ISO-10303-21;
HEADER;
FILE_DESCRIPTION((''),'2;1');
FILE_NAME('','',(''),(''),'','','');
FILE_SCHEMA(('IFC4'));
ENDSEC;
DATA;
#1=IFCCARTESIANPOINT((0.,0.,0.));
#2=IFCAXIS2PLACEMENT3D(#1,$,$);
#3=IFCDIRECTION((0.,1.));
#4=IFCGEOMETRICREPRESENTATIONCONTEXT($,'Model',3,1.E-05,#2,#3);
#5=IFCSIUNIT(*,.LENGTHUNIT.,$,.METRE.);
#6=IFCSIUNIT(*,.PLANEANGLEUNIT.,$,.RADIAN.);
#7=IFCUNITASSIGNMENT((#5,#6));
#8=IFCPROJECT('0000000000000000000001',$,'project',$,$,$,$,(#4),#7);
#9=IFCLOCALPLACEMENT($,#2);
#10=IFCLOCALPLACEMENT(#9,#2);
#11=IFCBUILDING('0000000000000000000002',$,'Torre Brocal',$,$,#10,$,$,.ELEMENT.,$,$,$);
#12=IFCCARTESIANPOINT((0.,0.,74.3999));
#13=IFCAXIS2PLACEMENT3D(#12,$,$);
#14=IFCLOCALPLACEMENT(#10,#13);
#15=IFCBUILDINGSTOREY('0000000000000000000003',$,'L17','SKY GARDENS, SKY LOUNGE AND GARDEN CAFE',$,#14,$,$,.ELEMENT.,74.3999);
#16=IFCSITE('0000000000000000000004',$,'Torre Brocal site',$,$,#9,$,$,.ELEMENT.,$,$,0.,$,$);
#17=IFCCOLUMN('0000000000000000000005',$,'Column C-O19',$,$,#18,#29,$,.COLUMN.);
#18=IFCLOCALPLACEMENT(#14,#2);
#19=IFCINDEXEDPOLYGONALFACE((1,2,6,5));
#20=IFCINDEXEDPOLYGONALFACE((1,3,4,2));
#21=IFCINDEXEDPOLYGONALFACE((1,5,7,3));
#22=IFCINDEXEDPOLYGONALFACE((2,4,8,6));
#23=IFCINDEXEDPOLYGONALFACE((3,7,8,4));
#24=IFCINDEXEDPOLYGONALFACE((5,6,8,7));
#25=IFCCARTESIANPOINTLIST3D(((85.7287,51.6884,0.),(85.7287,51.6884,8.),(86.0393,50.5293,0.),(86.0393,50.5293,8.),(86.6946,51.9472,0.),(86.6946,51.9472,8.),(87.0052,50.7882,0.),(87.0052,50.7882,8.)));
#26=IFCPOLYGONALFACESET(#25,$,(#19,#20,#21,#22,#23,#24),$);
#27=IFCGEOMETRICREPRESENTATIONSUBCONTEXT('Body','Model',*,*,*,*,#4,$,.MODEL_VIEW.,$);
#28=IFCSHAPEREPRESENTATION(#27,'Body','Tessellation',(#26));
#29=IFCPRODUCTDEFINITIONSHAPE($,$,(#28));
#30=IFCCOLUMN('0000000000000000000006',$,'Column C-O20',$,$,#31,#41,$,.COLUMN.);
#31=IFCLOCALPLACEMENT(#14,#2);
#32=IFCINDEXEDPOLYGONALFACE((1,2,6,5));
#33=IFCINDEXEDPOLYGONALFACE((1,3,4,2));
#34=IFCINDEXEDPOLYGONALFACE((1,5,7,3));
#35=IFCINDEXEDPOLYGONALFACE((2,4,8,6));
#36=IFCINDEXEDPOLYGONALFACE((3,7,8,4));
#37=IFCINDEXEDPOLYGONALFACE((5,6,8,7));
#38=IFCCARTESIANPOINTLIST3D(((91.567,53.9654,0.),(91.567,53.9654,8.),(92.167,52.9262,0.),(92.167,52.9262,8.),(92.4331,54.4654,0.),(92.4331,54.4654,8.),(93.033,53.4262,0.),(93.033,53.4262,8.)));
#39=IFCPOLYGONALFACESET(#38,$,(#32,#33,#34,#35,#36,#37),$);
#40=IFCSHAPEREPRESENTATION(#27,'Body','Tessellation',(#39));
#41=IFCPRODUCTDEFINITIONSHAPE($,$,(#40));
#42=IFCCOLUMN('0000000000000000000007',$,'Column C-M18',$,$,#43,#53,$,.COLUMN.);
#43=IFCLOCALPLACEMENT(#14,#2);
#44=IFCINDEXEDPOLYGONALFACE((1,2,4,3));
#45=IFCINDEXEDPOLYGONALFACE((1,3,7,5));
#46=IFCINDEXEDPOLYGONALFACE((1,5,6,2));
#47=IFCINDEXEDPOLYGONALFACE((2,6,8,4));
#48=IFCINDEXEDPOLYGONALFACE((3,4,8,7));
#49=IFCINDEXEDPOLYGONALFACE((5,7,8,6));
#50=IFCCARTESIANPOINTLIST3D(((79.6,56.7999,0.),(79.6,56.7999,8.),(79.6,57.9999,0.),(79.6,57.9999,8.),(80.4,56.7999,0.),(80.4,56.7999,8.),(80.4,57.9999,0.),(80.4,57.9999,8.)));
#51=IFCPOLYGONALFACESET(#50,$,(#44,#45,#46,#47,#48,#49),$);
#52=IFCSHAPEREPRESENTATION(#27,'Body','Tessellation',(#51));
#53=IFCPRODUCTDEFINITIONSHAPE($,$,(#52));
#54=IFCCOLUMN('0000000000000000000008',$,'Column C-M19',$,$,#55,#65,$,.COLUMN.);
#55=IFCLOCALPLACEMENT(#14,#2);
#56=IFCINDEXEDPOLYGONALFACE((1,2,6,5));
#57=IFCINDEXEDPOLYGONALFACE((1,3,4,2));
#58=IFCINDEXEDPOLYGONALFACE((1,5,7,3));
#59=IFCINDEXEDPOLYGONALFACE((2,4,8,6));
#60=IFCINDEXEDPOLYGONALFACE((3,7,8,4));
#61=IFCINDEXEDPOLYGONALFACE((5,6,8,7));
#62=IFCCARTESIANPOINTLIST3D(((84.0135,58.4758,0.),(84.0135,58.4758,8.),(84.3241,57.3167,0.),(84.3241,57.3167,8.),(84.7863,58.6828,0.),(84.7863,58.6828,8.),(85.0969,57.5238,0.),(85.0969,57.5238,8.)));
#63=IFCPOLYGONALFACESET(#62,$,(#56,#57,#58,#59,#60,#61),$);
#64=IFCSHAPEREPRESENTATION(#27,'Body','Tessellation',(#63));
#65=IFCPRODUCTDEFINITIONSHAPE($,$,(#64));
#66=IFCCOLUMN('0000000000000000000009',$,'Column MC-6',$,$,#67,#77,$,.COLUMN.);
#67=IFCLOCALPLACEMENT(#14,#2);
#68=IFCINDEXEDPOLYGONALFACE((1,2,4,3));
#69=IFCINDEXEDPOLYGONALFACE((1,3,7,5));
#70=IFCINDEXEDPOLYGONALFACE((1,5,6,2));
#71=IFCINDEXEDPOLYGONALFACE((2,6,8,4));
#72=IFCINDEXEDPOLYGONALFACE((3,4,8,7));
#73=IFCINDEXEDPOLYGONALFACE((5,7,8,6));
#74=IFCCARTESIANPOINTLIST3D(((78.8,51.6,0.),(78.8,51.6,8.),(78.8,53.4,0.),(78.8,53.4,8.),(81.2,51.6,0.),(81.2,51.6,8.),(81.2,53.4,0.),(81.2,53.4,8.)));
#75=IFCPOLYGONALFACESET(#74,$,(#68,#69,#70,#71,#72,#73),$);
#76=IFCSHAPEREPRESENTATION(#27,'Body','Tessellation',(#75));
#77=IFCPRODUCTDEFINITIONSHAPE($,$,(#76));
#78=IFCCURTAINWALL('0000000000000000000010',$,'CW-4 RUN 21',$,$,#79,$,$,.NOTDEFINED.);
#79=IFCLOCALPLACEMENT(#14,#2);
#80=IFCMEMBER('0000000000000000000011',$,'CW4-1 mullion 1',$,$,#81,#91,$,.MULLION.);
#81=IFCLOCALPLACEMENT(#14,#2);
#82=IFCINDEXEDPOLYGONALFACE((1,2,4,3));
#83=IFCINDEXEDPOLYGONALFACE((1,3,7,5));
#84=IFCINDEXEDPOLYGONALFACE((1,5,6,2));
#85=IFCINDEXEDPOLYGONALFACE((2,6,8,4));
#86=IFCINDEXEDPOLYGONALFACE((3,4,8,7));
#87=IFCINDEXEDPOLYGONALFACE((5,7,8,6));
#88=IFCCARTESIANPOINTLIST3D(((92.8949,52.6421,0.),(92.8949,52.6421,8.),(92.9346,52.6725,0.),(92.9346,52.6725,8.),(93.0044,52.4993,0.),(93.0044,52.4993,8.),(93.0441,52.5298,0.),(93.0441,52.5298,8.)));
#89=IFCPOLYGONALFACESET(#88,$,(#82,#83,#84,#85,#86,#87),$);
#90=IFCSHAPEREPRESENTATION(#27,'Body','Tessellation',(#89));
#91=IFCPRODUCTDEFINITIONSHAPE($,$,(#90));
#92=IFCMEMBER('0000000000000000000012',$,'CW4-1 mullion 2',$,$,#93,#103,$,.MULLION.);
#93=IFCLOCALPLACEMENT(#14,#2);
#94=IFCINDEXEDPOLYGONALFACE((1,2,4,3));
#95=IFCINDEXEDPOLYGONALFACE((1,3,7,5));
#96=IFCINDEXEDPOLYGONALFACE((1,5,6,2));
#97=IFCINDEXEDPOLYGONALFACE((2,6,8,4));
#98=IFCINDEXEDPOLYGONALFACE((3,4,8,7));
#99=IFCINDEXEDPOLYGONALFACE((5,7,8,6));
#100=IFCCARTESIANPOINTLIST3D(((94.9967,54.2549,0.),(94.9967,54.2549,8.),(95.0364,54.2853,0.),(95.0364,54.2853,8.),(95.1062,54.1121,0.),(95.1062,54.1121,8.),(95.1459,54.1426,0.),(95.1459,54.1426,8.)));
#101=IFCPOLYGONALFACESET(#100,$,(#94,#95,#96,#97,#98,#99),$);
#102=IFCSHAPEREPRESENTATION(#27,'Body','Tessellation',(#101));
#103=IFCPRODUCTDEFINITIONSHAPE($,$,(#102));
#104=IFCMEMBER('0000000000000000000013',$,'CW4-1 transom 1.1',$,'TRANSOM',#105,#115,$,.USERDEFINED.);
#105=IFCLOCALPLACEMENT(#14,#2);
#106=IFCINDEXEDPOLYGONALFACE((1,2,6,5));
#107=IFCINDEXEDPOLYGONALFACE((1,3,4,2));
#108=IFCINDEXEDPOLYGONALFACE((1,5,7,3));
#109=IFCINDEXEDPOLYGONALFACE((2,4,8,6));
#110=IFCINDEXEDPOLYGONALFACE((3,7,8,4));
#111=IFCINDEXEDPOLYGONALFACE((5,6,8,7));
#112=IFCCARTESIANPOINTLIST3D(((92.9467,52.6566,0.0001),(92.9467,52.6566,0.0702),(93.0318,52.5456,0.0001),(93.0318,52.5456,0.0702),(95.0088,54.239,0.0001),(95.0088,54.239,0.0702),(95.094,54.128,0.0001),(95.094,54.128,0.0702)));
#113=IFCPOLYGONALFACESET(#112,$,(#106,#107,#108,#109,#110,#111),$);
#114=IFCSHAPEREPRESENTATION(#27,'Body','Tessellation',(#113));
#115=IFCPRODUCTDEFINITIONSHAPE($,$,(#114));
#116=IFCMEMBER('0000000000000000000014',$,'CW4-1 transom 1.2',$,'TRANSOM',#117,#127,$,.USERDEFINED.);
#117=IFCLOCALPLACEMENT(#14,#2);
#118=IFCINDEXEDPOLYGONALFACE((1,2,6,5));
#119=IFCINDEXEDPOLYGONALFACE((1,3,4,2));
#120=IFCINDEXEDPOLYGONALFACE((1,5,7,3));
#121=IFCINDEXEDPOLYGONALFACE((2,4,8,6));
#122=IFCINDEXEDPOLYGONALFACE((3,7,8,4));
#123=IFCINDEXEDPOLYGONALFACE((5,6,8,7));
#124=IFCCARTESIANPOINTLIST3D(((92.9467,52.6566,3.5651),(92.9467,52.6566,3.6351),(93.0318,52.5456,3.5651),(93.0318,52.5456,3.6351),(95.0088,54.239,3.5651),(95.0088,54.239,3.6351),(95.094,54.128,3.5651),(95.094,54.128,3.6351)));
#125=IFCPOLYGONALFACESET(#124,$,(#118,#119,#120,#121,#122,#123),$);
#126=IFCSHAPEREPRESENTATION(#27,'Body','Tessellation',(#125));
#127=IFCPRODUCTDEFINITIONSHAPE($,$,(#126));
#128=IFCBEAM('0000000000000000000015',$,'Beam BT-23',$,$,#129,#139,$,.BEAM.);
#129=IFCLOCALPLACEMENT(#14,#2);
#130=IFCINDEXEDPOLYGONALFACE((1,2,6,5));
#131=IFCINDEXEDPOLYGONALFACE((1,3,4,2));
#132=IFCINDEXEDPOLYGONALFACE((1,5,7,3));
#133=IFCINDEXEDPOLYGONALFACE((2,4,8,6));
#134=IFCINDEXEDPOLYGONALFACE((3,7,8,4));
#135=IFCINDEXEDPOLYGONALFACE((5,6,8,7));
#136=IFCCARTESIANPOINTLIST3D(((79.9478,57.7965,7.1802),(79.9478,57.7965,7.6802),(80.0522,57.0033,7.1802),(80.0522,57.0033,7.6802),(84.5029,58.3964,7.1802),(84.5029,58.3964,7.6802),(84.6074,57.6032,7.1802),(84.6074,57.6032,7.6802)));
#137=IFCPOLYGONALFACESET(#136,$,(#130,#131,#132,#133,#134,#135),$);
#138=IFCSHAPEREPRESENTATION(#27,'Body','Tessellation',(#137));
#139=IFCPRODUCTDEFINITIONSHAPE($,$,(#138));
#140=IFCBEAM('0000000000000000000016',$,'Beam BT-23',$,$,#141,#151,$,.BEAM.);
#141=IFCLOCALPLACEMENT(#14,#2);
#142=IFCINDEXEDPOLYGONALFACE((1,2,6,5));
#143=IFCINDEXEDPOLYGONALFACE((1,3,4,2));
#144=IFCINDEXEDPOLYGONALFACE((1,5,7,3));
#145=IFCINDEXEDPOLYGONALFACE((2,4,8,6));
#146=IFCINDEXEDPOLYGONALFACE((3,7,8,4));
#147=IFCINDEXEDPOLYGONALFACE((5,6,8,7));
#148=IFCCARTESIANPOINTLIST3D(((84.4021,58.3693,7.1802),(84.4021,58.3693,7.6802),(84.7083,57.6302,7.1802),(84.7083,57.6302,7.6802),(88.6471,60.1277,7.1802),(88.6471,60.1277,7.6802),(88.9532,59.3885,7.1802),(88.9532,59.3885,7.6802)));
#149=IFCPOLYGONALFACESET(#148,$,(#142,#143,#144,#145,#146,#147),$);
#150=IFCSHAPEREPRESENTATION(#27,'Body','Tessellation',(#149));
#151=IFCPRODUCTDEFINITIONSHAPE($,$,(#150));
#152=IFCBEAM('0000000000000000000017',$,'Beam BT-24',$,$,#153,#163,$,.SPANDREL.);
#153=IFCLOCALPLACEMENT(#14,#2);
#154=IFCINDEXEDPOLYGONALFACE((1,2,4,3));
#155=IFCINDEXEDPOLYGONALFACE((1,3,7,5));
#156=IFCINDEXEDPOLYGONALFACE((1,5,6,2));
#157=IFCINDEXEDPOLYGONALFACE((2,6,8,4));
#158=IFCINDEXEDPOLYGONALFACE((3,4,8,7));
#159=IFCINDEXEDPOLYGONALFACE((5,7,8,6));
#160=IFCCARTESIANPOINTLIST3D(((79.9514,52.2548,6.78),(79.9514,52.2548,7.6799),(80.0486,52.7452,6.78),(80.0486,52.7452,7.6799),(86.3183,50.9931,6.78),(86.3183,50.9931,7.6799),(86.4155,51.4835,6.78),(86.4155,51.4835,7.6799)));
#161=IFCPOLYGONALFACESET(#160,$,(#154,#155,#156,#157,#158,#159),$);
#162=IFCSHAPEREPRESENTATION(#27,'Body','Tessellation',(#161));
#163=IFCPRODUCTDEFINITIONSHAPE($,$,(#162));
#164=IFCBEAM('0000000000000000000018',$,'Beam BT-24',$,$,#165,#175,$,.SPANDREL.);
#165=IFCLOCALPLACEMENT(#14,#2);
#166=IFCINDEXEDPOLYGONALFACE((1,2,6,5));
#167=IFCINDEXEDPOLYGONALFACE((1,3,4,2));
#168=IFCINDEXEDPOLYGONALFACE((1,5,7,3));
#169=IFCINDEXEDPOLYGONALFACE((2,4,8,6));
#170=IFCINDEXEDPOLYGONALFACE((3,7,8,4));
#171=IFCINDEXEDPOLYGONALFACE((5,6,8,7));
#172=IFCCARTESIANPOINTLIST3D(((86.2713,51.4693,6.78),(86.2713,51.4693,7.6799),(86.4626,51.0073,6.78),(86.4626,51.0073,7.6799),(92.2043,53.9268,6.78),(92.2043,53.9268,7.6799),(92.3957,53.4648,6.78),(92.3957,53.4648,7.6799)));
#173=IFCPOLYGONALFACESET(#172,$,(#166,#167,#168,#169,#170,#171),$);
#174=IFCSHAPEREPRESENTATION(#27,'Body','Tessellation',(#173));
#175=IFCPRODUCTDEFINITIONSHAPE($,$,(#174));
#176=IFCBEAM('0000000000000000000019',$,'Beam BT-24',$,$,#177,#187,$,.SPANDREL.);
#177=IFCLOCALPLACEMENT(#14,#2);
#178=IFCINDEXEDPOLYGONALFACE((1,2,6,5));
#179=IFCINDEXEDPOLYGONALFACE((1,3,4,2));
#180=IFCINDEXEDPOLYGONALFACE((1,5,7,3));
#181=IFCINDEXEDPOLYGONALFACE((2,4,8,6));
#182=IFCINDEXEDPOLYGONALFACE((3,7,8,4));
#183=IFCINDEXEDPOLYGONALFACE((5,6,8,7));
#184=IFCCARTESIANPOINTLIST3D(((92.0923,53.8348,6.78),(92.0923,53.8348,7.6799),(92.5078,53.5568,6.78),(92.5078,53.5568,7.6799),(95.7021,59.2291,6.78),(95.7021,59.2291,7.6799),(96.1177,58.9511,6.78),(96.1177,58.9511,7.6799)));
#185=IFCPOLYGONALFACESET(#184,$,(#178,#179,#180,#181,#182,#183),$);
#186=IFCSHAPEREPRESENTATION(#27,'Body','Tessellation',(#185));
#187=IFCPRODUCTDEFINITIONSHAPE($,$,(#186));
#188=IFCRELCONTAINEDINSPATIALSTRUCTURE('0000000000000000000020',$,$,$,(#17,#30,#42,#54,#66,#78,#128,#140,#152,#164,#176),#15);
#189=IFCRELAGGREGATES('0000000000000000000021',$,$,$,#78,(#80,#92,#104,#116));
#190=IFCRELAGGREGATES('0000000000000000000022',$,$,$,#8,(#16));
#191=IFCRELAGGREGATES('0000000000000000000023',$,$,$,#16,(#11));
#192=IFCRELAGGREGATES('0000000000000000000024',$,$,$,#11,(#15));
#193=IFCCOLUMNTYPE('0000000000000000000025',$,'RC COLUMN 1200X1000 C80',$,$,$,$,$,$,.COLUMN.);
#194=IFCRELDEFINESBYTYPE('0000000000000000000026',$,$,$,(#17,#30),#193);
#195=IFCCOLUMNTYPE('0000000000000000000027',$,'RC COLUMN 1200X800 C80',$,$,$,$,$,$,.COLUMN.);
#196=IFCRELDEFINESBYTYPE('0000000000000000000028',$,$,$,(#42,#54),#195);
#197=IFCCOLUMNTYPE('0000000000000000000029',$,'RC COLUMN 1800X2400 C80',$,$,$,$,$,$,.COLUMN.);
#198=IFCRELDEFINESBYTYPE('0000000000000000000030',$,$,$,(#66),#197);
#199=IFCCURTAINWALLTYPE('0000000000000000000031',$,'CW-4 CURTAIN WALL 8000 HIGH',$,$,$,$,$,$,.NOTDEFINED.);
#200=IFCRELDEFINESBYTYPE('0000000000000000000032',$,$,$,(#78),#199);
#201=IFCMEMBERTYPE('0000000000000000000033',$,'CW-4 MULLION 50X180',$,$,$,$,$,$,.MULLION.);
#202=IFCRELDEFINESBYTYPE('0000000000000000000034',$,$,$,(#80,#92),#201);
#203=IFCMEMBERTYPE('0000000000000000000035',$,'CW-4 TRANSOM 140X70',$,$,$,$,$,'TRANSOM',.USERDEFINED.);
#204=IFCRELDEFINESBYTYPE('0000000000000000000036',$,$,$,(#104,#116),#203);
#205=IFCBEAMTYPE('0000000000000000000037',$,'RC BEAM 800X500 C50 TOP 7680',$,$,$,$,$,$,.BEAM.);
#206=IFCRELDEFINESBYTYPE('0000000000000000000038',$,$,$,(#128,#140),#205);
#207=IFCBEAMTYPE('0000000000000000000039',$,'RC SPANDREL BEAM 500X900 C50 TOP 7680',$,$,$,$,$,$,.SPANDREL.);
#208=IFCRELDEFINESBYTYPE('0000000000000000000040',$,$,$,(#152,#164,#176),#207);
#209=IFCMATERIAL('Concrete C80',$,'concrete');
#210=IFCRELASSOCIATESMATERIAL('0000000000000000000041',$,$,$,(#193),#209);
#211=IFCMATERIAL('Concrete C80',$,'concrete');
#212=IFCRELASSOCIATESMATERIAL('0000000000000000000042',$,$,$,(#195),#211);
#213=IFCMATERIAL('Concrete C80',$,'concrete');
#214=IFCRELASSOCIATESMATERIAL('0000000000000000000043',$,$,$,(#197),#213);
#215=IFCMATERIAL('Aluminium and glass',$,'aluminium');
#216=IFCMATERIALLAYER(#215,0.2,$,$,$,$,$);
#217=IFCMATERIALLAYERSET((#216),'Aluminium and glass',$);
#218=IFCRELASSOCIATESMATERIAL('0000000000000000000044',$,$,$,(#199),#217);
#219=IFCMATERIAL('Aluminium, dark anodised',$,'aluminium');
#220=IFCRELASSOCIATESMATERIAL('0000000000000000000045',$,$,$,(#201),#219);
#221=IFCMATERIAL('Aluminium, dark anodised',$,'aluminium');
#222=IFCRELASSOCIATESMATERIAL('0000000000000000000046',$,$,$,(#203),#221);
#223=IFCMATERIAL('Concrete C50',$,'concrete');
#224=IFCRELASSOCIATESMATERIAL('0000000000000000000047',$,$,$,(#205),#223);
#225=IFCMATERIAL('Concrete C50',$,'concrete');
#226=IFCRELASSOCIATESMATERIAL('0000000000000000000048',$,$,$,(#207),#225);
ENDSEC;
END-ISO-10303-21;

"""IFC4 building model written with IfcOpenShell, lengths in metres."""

from ifc_helpers import new_model, si_unit, direction, frame, origin, origin_2d, place, context, subcontext, project, spatial, rectangle, extrude, material, layer, layer_set, material_profile, profile_set, type_object, element, aggregate, save


model = new_model("IFC4")

# Units and contexts
model_context = context("Model", 3, precision=1e-05, world=origin(), true_north=direction((0.0, 1.0)))
body_context = subcontext(model_context, "Body", "Model", "MODEL_VIEW")
ifc_project = project(units=[si_unit("LENGTHUNIT", "METRE"), si_unit("PLANEANGLEUNIT", "RADIAN")], contexts=[model_context])

# Site, building, storey
site_placement = place(None, origin())
site = spatial("IfcSite", under=ifc_project, at=site_placement, Name="Torre Brocal site", CompositionType="ELEMENT", RefElevation=0.0)
building_placement = place(site_placement, origin())
building = spatial("IfcBuilding", under=site, at=building_placement, Name="Torre Brocal", CompositionType="ELEMENT")
storey_placement = place(building_placement, frame((0.0, 0.0, 74.3999)))
storey = spatial("IfcBuildingStorey", under=building, at=storey_placement, Name="L17", Description="SKY GARDENS, SKY LOUNGE AND GARDEN CAFE", CompositionType="ELEMENT", Elevation=74.3999)

# Columns
ifc_material_1 = material(Name="Concrete C80", Category="concrete")
ifc_material_profile_1 = material_profile(ifc_material_1, rectangle(XDim=1.2, YDim=1.0, at=origin_2d()), Name="RC 1200X1000")
ifc_profile_set_1 = profile_set([ifc_material_profile_1], Name="Concrete C80")
column_type_1 = type_object("IfcColumnType", Name="RC COLUMN 1200X1000 C80", PredefinedType="COLUMN", material=ifc_profile_set_1)
for number, where, z_axis, x_axis, name in (
    (1, (86.3669, 51.2383, 0.0), (0.0, 0.0, 1.0), (0.258819, -0.965926, 0.0), "Column C-O19"),
    (2, (92.3, 53.6958, 0.0), (0.0, 0.0, 1.0), (0.5, -0.866025, 0.0), "Column C-O20"),
):
    element("IfcColumn", number, at=place(storey_placement, frame(where, z_axis=z_axis, x_axis=x_axis)), inside=storey, type_object=column_type_1, Name=name, PredefinedType="COLUMN", context=body_context, shape_type="SweptSolid", body=[
        extrude(rectangle(XDim=1.2, YDim=1.0, at=origin_2d()), origin(), (0.0, 0.0, 1.0), 8.0),
    ])
ifc_material_2 = material(Name="Concrete C80", Category="concrete")
ifc_material_profile_2 = material_profile(ifc_material_2, rectangle(XDim=1.2, YDim=0.8, at=origin_2d()), Name="RC 1200X800")
ifc_profile_set_2 = profile_set([ifc_material_profile_2], Name="Concrete C80")
column_type_2 = type_object("IfcColumnType", Name="RC COLUMN 1200X800 C80", PredefinedType="COLUMN", material=ifc_profile_set_2)
for number, where, z_axis, x_axis, name in (
    (3, (80.0, 57.3999, 0.0), (0.0, 0.0, 1.0), (0.0, -1.0, 0.0), "Column C-M18"),
    (4, (84.5552, 57.9998, 0.0), (0.0, 0.0, 1.0), (0.258819, -0.965926, 0.0), "Column C-M19"),
):
    element("IfcColumn", number, at=place(storey_placement, frame(where, z_axis=z_axis, x_axis=x_axis)), inside=storey, type_object=column_type_2, Name=name, PredefinedType="COLUMN", context=body_context, shape_type="SweptSolid", body=[
        extrude(rectangle(XDim=1.2, YDim=0.8, at=origin_2d()), origin(), (0.0, 0.0, 1.0), 8.0),
    ])
ifc_material_3 = material(Name="Concrete C80", Category="concrete")
ifc_material_profile_3 = material_profile(ifc_material_3, rectangle(XDim=1.8, YDim=2.3999, at=origin_2d()), Name="RC 1800X2400")
ifc_profile_set_3 = profile_set([ifc_material_profile_3], Name="Concrete C80")
column_type_3 = type_object("IfcColumnType", Name="RC COLUMN 1800X2400 C80", PredefinedType="COLUMN", material=ifc_profile_set_3)
column_placement = place(storey_placement, frame((80.0, 52.5, 0.0), z_axis=(0.0, 0.0, 1.0), x_axis=(0.0, -1.0, 0.0)))
element("IfcColumn", 5, at=column_placement, inside=storey, type_object=column_type_3, Name="Column MC-6", PredefinedType="COLUMN", context=body_context, shape_type="SweptSolid", body=[
    extrude(rectangle(XDim=1.8, YDim=2.3999, at=origin_2d()), origin(), (0.0, 0.0, 1.0), 8.0),
])

# Curtain wall, members
ifc_material_4 = material(Name="Aluminium and glass", Category="aluminium")
ifc_layer_1 = layer(ifc_material_4, 0.2)
ifc_layer_set_1 = layer_set([ifc_layer_1], Name="Aluminium and glass")
curtain_wall_type = type_object("IfcCurtainWallType", Name="CW-4 CURTAIN WALL 8000 HIGH", PredefinedType="NOTDEFINED", material=ifc_layer_set_1)
curtain_wall_placement = place(storey_placement, origin())
curtain_wall = element("IfcCurtainWall", 6, at=curtain_wall_placement, inside=storey, type_object=curtain_wall_type, Name="CW-4 RUN 21", PredefinedType="NOTDEFINED")
ifc_material_5 = material(Name="Aluminium, dark anodised", Category="aluminium")
ifc_material_profile_4 = material_profile(ifc_material_5, rectangle(XDim=0.1799, YDim=0.05, at=origin_2d()), Name="CW-4 MULLION 50X180")
ifc_profile_set_4 = profile_set([ifc_material_profile_4], Name="Aluminium, dark anodised")
member_type_1 = type_object("IfcMemberType", Name="CW-4 MULLION 50X180", PredefinedType="MULLION", material=ifc_profile_set_4)
member_1_placement = place(storey_placement, frame((92.9695, 52.5859, 0.0), z_axis=(0.0, 0.0, 1.0), x_axis=(-0.608761, 0.793353, 0.0)))
member_1 = element("IfcMember", 7, at=member_1_placement, type_object=member_type_1, Name="CW4-1 mullion 1", PredefinedType="MULLION", context=body_context, shape_type="SweptSolid", body=[
    extrude(rectangle(XDim=0.1799, YDim=0.05, at=origin_2d()), origin(), (0.0, 0.0, 1.0), 8.0),
])
member_2_placement = place(storey_placement, frame((95.0713, 54.1987, 0.0), z_axis=(0.0, 0.0, 1.0), x_axis=(-0.608761, 0.793353, 0.0)))
member_2 = element("IfcMember", 8, at=member_2_placement, type_object=member_type_1, Name="CW4-1 mullion 2", PredefinedType="MULLION", context=body_context, shape_type="SweptSolid", body=[
    extrude(rectangle(XDim=0.1799, YDim=0.05, at=origin_2d()), origin(), (0.0, 0.0, 1.0), 8.0),
])
ifc_material_6 = material(Name="Aluminium, dark anodised", Category="aluminium")
ifc_material_profile_5 = material_profile(ifc_material_6, rectangle(XDim=0.1399, YDim=0.0701, at=origin_2d()), Name="CW-4 TRANSOM 140X70")
ifc_profile_set_5 = profile_set([ifc_material_profile_5], Name="Aluminium, dark anodised")
member_type_2 = type_object("IfcMemberType", Name="CW-4 TRANSOM 140X70", ElementType="TRANSOM", PredefinedType="USERDEFINED", material=ifc_profile_set_5)
member_3_placement = place(storey_placement, frame((92.9893, 52.6011, 0.0352), z_axis=(0.793336, 0.608784, 0.0), x_axis=(-0.608784, 0.793336, 0.0)))
member_3 = element("IfcMember", 9, at=member_3_placement, type_object=member_type_2, Name="CW4-1 transom 1.1", ObjectType="TRANSOM", PredefinedType="USERDEFINED", context=body_context, shape_type="SweptSolid", body=[
    extrude(rectangle(XDim=0.1399, YDim=0.0701, at=origin_2d()), origin(), (0.0, 0.0, 1.0), 2.5994),
])
member_4_placement = place(storey_placement, frame((92.9893, 52.6011, 3.6001), z_axis=(0.793336, 0.608784, 0.0), x_axis=(-0.608784, 0.793336, 0.0)))
member_4 = element("IfcMember", 10, at=member_4_placement, type_object=member_type_2, Name="CW4-1 transom 1.2", ObjectType="TRANSOM", PredefinedType="USERDEFINED", context=body_context, shape_type="SweptSolid", body=[
    extrude(rectangle(XDim=0.1399, YDim=0.0701, at=origin_2d()), origin(), (0.0, 0.0, 1.0), 2.5994),
])

# Beams
ifc_material_7 = material(Name="Concrete C50", Category="concrete")
ifc_material_profile_6 = material_profile(ifc_material_7, rectangle(XDim=0.8, YDim=0.5, at=origin_2d()), Name="RC 800X500")
ifc_profile_set_6 = profile_set([ifc_material_profile_6], Name="Concrete C50")
beam_type_1 = type_object("IfcBeamType", Name="RC BEAM 800X500 C50 TOP 7680", PredefinedType="BEAM", material=ifc_profile_set_6)
beam_1_placement = place(storey_placement, frame((80.0, 57.3999, 7.4302), z_axis=(0.991441, 0.130559, 0.0), x_axis=(-0.130559, 0.991441, 0.0)))
element("IfcBeam", 11, at=beam_1_placement, inside=storey, type_object=beam_type_1, Name="Beam BT-23", PredefinedType="BEAM", context=body_context, shape_type="SweptSolid", body=[
    extrude(rectangle(XDim=0.8, YDim=0.5, at=origin_2d()), origin(), (0.0, 0.0, 1.0), 4.5945),
])
beam_2_placement = place(storey_placement, frame((84.5552, 57.9998, 7.4302), z_axis=(0.923878, 0.382687, 0.0), x_axis=(-0.382687, 0.923878, 0.0)))
element("IfcBeam", 12, at=beam_2_placement, inside=storey, type_object=beam_type_1, Name="Beam BT-23", PredefinedType="BEAM", context=body_context, shape_type="SweptSolid", body=[
    extrude(rectangle(XDim=0.8, YDim=0.5, at=origin_2d()), origin(), (0.0, 0.0, 1.0), 4.5947),
])
ifc_material_8 = material(Name="Concrete C50", Category="concrete")
ifc_material_profile_7 = material_profile(ifc_material_8, rectangle(XDim=0.5, YDim=0.8999, at=origin_2d()), Name="RC 500X900")
ifc_profile_set_7 = profile_set([ifc_material_profile_7], Name="Concrete C50")
beam_type_2 = type_object("IfcBeamType", Name="RC SPANDREL BEAM 500X900 C50 TOP 7680", PredefinedType="SPANDREL", material=ifc_profile_set_7)
beam_3_placement = place(storey_placement, frame((80.0, 52.5, 7.23), z_axis=(0.980925, -0.194387, 0.0), x_axis=(0.194387, 0.980925, 0.0)))
element("IfcBeam", 13, at=beam_3_placement, inside=storey, type_object=beam_type_2, Name="Beam BT-24", PredefinedType="SPANDREL", context=body_context, shape_type="SweptSolid", body=[
    extrude(rectangle(XDim=0.5, YDim=0.8999, at=origin_2d()), origin(), (0.0, 0.0, 1.0), 6.4907),
])
beam_4_placement = place(storey_placement, frame((86.3669, 51.2383, 7.23), z_axis=(0.923882, 0.382676, 0.0), x_axis=(-0.382676, 0.923882, 0.0)))
element("IfcBeam", 14, at=beam_4_placement, inside=storey, type_object=beam_type_2, Name="Beam BT-24", PredefinedType="SPANDREL", context=body_context, shape_type="SweptSolid", body=[
    extrude(rectangle(XDim=0.5, YDim=0.8999, at=origin_2d()), origin(), (0.0, 0.0, 1.0), 6.4219),
])
beam_5_placement = place(storey_placement, frame((92.3, 53.6958, 7.23), z_axis=(0.556158, 0.831077, 0.0), x_axis=(-0.831077, 0.556158, 0.0)))
element("IfcBeam", 15, at=beam_5_placement, inside=storey, type_object=beam_type_2, Name="Beam BT-24", PredefinedType="SPANDREL", context=body_context, shape_type="SweptSolid", body=[
    extrude(rectangle(XDim=0.5, YDim=0.8999, at=origin_2d()), origin(), (0.0, 0.0, 1.0), 6.4907),
])

aggregate(curtain_wall, [member_1, member_2, member_3, member_4])

save(model, "model.ifc")
